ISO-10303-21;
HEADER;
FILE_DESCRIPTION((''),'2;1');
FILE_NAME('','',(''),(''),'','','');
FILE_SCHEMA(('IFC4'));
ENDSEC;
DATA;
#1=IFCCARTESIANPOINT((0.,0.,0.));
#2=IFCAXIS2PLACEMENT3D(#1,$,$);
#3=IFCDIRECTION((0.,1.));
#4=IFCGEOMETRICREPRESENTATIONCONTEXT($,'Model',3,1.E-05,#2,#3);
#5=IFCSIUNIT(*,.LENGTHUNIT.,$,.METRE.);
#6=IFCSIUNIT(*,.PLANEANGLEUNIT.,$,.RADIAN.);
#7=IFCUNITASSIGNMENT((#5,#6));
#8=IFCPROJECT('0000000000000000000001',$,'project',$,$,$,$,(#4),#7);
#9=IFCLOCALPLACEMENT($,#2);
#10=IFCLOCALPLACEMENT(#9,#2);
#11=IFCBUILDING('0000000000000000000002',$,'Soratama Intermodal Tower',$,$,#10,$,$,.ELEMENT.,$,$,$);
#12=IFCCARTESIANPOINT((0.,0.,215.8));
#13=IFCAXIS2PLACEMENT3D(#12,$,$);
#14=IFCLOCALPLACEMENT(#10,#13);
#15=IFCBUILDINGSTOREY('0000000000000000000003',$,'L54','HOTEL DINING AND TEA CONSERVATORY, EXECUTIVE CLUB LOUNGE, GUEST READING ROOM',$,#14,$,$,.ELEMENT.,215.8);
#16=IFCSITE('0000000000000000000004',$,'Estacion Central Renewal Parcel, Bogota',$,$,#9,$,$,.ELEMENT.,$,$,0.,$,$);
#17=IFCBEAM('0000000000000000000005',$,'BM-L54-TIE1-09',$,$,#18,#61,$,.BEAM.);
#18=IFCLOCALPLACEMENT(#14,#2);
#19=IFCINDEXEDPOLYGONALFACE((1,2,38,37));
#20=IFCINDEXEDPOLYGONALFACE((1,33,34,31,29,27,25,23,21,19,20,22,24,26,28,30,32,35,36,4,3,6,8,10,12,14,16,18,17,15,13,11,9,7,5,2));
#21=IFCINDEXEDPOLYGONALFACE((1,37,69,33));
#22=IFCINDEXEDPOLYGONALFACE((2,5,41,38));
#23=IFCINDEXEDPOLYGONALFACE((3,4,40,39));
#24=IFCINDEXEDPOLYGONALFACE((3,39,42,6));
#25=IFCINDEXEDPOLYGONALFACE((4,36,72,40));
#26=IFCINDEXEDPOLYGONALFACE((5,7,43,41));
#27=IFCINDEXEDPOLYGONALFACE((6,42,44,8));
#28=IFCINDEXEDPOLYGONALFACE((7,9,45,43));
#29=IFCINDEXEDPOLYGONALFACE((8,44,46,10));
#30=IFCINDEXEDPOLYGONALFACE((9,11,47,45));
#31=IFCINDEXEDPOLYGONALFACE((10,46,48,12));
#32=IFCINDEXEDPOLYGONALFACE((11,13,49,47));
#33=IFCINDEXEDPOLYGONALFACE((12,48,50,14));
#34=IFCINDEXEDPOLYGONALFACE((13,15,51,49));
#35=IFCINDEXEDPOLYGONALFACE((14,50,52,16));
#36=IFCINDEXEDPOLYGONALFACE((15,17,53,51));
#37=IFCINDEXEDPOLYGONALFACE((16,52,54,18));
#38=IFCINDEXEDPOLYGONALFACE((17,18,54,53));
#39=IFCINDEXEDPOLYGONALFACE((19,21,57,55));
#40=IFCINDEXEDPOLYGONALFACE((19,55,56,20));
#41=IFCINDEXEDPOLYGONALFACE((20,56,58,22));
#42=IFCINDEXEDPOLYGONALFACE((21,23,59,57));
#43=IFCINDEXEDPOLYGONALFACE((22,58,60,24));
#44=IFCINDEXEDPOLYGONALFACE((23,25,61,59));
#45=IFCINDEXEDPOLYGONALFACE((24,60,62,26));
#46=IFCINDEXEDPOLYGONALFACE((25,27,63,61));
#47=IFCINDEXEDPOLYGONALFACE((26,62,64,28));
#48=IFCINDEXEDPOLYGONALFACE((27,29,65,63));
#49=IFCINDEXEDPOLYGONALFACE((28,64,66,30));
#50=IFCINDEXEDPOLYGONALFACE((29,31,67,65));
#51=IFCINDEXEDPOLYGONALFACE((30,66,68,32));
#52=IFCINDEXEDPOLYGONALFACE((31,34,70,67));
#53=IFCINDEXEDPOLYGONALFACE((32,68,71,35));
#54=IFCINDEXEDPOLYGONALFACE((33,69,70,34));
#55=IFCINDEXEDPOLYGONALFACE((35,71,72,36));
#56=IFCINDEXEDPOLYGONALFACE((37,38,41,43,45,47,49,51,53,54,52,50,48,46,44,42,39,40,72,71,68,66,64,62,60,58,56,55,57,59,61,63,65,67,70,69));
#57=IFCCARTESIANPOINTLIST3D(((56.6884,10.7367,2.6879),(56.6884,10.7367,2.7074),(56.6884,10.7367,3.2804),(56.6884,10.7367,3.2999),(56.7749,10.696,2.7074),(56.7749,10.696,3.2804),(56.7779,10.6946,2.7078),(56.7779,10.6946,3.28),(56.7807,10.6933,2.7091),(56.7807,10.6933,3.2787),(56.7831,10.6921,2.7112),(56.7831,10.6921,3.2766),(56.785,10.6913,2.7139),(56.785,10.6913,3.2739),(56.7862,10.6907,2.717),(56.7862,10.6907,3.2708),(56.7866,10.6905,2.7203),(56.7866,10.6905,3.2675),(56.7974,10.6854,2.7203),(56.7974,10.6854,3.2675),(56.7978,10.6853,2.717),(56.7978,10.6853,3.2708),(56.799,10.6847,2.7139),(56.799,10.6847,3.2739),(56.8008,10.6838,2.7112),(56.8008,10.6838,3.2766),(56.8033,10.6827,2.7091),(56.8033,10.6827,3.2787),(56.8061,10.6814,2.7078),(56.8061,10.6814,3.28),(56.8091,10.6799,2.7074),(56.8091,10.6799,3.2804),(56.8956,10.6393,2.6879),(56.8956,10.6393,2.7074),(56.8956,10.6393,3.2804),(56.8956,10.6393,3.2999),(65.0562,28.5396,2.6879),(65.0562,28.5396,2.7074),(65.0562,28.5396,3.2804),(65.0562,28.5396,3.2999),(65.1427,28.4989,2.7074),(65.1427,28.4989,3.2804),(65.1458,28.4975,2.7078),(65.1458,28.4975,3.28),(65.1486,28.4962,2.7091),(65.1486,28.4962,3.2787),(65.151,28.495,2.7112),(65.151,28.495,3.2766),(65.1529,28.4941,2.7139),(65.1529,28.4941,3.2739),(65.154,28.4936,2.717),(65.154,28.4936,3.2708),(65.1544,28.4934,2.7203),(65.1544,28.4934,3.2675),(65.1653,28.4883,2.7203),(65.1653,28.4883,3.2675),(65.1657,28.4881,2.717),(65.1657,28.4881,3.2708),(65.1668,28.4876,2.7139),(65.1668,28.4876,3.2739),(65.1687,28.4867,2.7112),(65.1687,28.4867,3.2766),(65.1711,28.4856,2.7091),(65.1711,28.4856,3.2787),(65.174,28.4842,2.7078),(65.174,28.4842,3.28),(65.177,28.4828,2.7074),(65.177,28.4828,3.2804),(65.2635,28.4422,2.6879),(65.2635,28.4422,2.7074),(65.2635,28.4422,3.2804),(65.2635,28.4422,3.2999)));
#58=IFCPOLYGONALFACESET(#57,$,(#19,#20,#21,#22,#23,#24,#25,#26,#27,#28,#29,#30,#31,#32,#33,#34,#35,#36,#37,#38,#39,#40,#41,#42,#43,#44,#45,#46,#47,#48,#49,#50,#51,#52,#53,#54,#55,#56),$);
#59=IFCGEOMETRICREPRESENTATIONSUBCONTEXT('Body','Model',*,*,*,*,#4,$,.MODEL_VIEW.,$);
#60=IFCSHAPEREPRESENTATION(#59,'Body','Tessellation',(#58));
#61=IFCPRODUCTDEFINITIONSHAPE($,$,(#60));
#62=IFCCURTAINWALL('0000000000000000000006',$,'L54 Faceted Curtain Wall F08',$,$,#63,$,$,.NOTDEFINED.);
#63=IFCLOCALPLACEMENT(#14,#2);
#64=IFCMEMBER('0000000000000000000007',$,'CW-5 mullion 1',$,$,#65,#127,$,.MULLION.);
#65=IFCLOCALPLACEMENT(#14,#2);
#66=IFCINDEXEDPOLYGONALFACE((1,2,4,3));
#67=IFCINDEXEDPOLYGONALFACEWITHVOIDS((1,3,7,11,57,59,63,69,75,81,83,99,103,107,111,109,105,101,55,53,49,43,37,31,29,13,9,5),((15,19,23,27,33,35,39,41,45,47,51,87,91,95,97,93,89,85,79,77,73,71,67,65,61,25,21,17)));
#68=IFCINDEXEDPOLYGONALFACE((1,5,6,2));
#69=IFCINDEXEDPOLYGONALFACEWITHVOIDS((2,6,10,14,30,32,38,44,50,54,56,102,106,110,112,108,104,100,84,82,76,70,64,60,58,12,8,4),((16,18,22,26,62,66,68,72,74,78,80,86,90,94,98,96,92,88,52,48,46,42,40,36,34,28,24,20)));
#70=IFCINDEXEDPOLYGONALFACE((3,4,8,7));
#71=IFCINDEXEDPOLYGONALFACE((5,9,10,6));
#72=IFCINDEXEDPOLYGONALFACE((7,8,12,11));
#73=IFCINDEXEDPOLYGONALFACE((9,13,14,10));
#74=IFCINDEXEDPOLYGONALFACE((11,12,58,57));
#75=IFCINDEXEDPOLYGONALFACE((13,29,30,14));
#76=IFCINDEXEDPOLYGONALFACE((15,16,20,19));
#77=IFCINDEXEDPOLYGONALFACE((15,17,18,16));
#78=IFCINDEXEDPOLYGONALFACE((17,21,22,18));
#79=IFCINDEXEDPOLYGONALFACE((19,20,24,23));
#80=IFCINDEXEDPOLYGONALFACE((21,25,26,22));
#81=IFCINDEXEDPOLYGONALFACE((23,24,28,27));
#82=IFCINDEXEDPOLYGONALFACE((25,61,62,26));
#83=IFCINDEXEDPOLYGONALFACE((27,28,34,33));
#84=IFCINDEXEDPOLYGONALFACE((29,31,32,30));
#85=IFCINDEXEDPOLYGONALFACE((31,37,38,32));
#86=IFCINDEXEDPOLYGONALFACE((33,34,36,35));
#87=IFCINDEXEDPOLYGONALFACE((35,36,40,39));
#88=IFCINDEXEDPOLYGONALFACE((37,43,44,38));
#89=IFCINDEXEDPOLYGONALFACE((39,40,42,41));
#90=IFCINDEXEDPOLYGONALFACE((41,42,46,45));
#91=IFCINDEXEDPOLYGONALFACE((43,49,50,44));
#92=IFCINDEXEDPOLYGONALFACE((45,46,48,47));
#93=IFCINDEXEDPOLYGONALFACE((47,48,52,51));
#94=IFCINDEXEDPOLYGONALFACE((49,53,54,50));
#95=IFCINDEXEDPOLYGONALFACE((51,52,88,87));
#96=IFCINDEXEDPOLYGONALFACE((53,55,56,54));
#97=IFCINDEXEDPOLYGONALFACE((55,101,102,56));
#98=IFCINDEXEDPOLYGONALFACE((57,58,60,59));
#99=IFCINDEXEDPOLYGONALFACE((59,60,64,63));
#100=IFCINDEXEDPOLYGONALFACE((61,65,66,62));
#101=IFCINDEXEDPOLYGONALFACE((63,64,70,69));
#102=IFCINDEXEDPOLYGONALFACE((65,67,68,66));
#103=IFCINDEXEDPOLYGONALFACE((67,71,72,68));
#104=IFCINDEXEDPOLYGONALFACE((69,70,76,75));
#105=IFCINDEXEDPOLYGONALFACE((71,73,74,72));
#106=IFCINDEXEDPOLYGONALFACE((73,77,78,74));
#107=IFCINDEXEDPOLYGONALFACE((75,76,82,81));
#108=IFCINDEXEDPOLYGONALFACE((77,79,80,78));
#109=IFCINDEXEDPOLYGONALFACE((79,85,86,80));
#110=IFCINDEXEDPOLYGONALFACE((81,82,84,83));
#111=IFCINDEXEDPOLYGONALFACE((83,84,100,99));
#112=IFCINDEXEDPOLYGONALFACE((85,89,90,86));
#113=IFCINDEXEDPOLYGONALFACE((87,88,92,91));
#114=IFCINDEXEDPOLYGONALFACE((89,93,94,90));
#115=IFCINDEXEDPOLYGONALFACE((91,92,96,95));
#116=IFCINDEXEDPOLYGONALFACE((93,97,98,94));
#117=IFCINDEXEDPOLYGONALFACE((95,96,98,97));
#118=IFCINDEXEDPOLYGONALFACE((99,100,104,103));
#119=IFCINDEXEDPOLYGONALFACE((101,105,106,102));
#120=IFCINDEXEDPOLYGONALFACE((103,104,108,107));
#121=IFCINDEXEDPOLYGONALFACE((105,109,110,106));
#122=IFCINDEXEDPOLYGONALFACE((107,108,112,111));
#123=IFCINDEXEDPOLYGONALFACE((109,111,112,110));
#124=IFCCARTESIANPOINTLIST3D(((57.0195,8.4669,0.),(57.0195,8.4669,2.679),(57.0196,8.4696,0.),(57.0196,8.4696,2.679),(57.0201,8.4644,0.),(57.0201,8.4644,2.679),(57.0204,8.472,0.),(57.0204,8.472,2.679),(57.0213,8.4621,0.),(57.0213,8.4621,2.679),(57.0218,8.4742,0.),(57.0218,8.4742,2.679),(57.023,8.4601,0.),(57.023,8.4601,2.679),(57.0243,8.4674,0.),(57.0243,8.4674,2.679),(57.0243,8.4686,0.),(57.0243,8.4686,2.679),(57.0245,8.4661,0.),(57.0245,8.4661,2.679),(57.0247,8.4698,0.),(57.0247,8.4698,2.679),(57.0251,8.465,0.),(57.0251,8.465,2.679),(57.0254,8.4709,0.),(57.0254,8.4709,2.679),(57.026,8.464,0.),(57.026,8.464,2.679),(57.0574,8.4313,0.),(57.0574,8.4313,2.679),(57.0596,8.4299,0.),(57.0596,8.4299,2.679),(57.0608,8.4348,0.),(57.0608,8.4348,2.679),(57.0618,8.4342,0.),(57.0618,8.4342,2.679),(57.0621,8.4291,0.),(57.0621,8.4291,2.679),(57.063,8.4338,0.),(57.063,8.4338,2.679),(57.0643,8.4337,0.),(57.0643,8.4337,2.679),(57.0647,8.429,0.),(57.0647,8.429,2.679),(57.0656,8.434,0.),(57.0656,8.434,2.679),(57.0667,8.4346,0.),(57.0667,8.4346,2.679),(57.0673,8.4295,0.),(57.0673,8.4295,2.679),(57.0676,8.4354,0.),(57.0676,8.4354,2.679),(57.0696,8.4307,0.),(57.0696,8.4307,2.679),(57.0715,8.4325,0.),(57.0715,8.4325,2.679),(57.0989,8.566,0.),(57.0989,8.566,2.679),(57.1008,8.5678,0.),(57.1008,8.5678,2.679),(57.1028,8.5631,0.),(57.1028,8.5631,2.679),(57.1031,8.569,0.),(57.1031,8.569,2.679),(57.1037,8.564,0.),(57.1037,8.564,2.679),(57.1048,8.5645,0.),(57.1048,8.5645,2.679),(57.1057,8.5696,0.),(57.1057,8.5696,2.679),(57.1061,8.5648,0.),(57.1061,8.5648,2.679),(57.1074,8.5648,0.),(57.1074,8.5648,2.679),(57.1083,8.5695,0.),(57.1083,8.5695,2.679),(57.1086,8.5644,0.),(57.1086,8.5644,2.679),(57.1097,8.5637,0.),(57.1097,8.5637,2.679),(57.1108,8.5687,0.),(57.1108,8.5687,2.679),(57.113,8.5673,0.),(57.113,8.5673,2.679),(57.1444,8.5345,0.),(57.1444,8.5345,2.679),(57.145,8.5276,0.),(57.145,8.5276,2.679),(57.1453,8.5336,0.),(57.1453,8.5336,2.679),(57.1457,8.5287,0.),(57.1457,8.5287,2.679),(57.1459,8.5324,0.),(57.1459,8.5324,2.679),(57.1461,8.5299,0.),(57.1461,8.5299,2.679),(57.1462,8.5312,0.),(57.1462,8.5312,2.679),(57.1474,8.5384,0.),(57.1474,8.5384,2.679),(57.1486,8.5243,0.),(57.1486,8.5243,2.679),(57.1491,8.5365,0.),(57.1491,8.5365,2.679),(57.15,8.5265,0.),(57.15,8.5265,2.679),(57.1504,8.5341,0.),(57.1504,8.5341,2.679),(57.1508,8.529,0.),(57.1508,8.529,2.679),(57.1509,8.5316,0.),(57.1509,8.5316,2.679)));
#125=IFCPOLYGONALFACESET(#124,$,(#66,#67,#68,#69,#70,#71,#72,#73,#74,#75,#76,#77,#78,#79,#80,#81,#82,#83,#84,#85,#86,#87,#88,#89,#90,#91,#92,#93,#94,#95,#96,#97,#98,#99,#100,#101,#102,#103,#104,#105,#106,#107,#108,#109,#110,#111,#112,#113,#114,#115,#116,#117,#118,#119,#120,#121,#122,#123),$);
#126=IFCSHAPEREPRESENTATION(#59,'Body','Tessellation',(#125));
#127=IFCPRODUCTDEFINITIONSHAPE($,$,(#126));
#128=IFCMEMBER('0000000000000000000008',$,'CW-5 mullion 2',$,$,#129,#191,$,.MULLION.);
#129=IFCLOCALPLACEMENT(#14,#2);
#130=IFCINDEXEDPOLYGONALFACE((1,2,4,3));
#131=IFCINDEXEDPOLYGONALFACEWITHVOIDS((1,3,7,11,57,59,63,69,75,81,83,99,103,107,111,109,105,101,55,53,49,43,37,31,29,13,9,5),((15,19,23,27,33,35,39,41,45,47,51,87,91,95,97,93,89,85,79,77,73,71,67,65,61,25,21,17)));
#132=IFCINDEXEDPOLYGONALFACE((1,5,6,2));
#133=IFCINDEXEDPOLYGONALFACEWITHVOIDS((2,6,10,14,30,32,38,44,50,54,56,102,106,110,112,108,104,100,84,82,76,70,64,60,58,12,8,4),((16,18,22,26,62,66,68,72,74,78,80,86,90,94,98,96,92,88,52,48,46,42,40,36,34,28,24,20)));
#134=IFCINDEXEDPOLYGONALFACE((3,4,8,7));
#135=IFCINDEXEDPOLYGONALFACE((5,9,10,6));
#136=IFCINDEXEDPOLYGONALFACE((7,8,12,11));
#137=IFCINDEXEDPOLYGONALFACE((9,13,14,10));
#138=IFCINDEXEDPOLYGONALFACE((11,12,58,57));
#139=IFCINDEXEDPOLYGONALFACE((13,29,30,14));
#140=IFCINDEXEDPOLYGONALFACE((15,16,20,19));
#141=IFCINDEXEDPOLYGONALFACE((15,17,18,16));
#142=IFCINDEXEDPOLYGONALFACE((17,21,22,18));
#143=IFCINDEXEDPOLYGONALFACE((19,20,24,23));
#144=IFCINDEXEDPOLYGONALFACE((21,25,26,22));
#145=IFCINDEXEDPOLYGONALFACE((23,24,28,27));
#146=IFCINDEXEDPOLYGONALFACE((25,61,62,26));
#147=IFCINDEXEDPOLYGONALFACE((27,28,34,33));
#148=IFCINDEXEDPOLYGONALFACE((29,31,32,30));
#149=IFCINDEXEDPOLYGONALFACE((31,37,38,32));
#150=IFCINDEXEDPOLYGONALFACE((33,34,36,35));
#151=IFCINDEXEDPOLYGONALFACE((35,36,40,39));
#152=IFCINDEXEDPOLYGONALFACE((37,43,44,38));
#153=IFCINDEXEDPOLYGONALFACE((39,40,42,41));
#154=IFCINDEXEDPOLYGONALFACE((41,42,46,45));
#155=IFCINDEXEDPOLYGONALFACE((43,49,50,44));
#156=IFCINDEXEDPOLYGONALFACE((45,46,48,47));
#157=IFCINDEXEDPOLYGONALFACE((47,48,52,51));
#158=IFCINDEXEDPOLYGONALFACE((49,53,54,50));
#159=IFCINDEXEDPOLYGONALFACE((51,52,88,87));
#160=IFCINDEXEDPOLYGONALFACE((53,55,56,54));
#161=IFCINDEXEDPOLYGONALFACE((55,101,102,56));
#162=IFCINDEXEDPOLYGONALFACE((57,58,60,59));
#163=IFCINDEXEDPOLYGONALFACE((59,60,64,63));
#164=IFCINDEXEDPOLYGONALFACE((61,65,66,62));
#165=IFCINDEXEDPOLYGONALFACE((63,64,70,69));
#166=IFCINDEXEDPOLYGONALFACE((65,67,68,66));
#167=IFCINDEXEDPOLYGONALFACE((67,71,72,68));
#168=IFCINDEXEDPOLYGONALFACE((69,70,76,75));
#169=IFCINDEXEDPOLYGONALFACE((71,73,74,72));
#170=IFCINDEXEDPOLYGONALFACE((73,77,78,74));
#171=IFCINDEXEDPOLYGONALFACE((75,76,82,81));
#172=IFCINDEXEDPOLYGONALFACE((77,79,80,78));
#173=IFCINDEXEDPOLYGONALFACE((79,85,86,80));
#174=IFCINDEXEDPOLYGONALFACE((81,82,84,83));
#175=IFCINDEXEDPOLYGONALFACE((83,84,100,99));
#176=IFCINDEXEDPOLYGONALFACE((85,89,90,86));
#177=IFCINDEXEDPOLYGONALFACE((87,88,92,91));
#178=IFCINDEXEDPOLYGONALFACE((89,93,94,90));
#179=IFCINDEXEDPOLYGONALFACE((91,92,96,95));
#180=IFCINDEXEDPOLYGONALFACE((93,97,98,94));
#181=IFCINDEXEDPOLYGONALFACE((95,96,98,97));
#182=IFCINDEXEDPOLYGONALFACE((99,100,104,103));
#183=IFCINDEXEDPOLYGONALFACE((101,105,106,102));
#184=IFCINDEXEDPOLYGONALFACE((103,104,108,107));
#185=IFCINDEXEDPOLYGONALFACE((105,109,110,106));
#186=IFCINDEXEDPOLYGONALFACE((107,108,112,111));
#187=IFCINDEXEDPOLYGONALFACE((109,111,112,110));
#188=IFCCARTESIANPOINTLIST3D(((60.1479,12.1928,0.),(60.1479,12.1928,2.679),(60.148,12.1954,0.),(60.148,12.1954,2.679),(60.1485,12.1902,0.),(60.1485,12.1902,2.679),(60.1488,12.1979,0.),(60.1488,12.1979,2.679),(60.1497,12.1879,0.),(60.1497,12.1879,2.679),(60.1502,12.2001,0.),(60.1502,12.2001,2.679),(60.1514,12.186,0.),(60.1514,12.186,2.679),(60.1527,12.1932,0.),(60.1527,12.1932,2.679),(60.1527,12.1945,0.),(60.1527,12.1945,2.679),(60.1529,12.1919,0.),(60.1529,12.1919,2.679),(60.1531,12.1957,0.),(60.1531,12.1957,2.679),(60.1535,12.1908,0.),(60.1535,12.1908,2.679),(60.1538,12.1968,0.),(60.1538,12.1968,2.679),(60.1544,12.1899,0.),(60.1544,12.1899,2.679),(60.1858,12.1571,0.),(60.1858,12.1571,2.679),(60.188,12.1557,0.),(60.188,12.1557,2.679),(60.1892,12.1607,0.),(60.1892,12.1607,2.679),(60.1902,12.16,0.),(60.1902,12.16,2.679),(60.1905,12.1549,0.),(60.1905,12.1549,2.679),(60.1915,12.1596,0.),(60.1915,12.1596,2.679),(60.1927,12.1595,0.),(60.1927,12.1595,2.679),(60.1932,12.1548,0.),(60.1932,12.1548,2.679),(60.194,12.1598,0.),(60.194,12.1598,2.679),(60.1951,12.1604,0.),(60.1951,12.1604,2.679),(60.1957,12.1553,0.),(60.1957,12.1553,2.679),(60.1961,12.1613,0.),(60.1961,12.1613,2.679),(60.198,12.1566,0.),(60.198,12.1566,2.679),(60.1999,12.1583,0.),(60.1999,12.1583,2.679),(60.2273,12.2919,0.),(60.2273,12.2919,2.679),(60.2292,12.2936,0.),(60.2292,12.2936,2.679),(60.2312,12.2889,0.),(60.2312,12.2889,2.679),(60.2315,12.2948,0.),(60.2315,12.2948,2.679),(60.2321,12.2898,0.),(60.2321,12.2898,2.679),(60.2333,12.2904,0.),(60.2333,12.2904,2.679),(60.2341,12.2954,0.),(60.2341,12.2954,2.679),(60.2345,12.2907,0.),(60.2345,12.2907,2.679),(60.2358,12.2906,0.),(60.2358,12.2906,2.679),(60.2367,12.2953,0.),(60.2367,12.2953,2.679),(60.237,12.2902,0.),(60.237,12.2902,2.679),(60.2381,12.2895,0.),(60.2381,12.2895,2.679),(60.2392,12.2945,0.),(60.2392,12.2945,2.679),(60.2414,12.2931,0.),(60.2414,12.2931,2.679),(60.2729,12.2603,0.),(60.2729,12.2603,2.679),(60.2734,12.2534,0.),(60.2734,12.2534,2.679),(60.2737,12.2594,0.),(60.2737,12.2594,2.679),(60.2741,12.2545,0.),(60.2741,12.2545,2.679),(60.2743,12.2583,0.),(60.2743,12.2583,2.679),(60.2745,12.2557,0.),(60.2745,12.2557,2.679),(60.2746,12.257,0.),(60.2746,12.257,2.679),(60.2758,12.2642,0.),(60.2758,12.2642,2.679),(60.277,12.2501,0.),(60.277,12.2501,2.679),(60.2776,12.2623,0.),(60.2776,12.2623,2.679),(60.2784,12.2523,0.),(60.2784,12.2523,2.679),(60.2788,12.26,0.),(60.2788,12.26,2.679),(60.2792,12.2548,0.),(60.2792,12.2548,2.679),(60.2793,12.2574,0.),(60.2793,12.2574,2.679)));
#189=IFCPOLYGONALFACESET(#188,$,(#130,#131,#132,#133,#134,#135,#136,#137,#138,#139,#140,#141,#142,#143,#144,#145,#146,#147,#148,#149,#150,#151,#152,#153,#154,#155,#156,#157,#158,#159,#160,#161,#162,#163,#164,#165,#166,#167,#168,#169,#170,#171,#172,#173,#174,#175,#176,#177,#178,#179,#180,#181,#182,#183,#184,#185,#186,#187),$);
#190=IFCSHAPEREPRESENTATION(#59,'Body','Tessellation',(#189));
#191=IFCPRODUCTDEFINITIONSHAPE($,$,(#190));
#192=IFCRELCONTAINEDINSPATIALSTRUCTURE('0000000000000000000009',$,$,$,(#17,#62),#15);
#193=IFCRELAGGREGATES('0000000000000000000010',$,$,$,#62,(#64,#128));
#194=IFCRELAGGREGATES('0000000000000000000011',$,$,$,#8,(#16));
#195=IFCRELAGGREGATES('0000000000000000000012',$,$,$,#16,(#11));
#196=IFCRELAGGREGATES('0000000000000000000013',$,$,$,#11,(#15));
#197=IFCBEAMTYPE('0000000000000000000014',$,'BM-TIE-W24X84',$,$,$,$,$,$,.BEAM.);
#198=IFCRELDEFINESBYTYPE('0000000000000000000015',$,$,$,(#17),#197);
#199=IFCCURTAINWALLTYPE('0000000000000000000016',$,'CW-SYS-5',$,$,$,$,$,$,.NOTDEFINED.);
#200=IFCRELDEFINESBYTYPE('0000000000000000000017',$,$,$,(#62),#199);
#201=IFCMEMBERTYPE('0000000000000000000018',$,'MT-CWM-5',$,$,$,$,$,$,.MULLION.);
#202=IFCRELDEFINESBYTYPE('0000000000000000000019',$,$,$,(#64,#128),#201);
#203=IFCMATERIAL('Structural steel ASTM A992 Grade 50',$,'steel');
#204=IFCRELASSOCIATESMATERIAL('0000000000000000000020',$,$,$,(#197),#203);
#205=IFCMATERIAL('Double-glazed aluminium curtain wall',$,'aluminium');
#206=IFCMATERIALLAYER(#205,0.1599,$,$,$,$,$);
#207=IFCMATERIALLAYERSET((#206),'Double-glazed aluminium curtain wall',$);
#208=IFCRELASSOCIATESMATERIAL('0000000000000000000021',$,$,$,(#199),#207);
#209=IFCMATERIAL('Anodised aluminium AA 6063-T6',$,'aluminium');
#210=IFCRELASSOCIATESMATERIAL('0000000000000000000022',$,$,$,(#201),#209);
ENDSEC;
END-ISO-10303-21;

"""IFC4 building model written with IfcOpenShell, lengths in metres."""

from ifc_helpers import new_model, si_unit, direction, frame, origin, origin_2d, place, context, subcontext, project, spatial, hollow_rectangle, i_section, extrude, material, layer, layer_set, material_profile, profile_set, type_object, element, aggregate, save


model = new_model("IFC4")

# Units and contexts
model_context = context("Model", 3, precision=1e-05, world=origin(), true_north=direction((0.0, 1.0)))
body_context = subcontext(model_context, "Body", "Model", "MODEL_VIEW")
ifc_project = project(units=[si_unit("LENGTHUNIT", "METRE"), si_unit("PLANEANGLEUNIT", "RADIAN")], contexts=[model_context])

# Site, building, storey
site_placement = place(None, origin())
site = spatial("IfcSite", under=ifc_project, at=site_placement, Name="Estacion Central Renewal Parcel, Bogota", CompositionType="ELEMENT", RefElevation=0.0)
building_placement = place(site_placement, origin())
building = spatial("IfcBuilding", under=site, at=building_placement, Name="Soratama Intermodal Tower", CompositionType="ELEMENT")
storey_placement = place(building_placement, frame((0.0, 0.0, 215.8)))
storey = spatial("IfcBuildingStorey", under=building, at=storey_placement, Name="L54", Description="HOTEL DINING AND TEA CONSERVATORY, EXECUTIVE CLUB LOUNGE, GUEST READING ROOM", CompositionType="ELEMENT", Elevation=215.8)

# Beam
ifc_material_1 = material(Name="Structural steel ASTM A992 Grade 50", Category="steel")
ifc_material_profile_1 = material_profile(ifc_material_1, i_section(OverallWidth=0.229, OverallDepth=0.6121, WebThickness=0.012, FlangeThickness=0.0195, FilletRadius=0.0129, at=origin_2d()), Name="W24X84")
ifc_profile_set_1 = profile_set([ifc_material_profile_1], Name="Structural steel ASTM A992 Grade 50")
beam_type_1 = type_object("IfcBeamType", Name="BM-TIE-W24X84", PredefinedType="BEAM", material=ifc_profile_set_1)
beam_1_placement = place(storey_placement, frame((56.792, 10.688, 2.9939), z_axis=(0.425383, 0.905014, 0.0), x_axis=(-0.905014, 0.425383, 0.0)))
element("IfcBeam", 1, at=beam_1_placement, inside=storey, type_object=beam_type_1, Name="BM-L54-TIE1-09", PredefinedType="BEAM", context=body_context, shape_type="SweptSolid", body=[
    extrude(i_section(OverallWidth=0.229, OverallDepth=0.6121, WebThickness=0.012, FlangeThickness=0.0195, FilletRadius=0.0129, at=origin_2d()), origin(), (0.0, 0.0, 1.0), 19.6714),
])

# Curtain wall, members
ifc_material_2 = material(Name="Double-glazed aluminium curtain wall", Category="aluminium")
ifc_layer_1 = layer(ifc_material_2, 0.1599)
ifc_layer_set_1 = layer_set([ifc_layer_1], Name="Double-glazed aluminium curtain wall")
curtain_wall_type = type_object("IfcCurtainWallType", Name="CW-SYS-5", PredefinedType="NOTDEFINED", material=ifc_layer_set_1)
curtain_wall_placement = place(storey_placement, origin())
curtain_wall = element("IfcCurtainWall", 2, at=curtain_wall_placement, inside=storey, type_object=curtain_wall_type, Name="L54 Faceted Curtain Wall F08", PredefinedType="NOTDEFINED")
ifc_material_3 = material(Name="Anodised aluminium AA 6063-T6", Category="aluminium")
ifc_material_profile_2 = material_profile(ifc_material_3, hollow_rectangle(XDim=0.0649, YDim=0.1399, WallThickness=0.0049, InnerFilletRadius=0.0049, OuterFilletRadius=0.01, at=origin_2d()), Name="CWM140X65X5")
ifc_profile_set_2 = profile_set([ifc_material_profile_2], Name="Anodised aluminium AA 6063-T6")
member_type_1 = type_object("IfcMemberType", Name="MT-CWM-5", PredefinedType="MULLION", material=ifc_profile_set_2)
member_1_placement = place(storey_placement, frame((57.0852, 8.4993, 0.0), z_axis=(0.0, 0.0, 1.0), x_axis=(-0.765823, 0.643051, 0.0)))
member_1 = element("IfcMember", 3, at=member_1_placement, type_object=member_type_1, Name="CW-5 mullion 1", PredefinedType="MULLION", context=body_context, shape_type="SweptSolid", body=[
    extrude(hollow_rectangle(XDim=0.0649, YDim=0.1399, WallThickness=0.0049, InnerFilletRadius=0.0049, OuterFilletRadius=0.01, at=origin_2d()), origin(), (0.0, 0.0, 1.0), 2.679),
])
member_2_placement = place(storey_placement, frame((60.2136, 12.2251, 0.0), z_axis=(0.0, 0.0, 1.0), x_axis=(-0.765823, 0.643051, 0.0)))
member_2 = element("IfcMember", 4, at=member_2_placement, type_object=member_type_1, Name="CW-5 mullion 2", PredefinedType="MULLION", context=body_context, shape_type="SweptSolid", body=[
    extrude(hollow_rectangle(XDim=0.0649, YDim=0.1399, WallThickness=0.0049, InnerFilletRadius=0.0049, OuterFilletRadius=0.01, at=origin_2d()), origin(), (0.0, 0.0, 1.0), 2.679),
])
aggregate(curtain_wall, [member_1, member_2])

save(model, "model.ifc")
